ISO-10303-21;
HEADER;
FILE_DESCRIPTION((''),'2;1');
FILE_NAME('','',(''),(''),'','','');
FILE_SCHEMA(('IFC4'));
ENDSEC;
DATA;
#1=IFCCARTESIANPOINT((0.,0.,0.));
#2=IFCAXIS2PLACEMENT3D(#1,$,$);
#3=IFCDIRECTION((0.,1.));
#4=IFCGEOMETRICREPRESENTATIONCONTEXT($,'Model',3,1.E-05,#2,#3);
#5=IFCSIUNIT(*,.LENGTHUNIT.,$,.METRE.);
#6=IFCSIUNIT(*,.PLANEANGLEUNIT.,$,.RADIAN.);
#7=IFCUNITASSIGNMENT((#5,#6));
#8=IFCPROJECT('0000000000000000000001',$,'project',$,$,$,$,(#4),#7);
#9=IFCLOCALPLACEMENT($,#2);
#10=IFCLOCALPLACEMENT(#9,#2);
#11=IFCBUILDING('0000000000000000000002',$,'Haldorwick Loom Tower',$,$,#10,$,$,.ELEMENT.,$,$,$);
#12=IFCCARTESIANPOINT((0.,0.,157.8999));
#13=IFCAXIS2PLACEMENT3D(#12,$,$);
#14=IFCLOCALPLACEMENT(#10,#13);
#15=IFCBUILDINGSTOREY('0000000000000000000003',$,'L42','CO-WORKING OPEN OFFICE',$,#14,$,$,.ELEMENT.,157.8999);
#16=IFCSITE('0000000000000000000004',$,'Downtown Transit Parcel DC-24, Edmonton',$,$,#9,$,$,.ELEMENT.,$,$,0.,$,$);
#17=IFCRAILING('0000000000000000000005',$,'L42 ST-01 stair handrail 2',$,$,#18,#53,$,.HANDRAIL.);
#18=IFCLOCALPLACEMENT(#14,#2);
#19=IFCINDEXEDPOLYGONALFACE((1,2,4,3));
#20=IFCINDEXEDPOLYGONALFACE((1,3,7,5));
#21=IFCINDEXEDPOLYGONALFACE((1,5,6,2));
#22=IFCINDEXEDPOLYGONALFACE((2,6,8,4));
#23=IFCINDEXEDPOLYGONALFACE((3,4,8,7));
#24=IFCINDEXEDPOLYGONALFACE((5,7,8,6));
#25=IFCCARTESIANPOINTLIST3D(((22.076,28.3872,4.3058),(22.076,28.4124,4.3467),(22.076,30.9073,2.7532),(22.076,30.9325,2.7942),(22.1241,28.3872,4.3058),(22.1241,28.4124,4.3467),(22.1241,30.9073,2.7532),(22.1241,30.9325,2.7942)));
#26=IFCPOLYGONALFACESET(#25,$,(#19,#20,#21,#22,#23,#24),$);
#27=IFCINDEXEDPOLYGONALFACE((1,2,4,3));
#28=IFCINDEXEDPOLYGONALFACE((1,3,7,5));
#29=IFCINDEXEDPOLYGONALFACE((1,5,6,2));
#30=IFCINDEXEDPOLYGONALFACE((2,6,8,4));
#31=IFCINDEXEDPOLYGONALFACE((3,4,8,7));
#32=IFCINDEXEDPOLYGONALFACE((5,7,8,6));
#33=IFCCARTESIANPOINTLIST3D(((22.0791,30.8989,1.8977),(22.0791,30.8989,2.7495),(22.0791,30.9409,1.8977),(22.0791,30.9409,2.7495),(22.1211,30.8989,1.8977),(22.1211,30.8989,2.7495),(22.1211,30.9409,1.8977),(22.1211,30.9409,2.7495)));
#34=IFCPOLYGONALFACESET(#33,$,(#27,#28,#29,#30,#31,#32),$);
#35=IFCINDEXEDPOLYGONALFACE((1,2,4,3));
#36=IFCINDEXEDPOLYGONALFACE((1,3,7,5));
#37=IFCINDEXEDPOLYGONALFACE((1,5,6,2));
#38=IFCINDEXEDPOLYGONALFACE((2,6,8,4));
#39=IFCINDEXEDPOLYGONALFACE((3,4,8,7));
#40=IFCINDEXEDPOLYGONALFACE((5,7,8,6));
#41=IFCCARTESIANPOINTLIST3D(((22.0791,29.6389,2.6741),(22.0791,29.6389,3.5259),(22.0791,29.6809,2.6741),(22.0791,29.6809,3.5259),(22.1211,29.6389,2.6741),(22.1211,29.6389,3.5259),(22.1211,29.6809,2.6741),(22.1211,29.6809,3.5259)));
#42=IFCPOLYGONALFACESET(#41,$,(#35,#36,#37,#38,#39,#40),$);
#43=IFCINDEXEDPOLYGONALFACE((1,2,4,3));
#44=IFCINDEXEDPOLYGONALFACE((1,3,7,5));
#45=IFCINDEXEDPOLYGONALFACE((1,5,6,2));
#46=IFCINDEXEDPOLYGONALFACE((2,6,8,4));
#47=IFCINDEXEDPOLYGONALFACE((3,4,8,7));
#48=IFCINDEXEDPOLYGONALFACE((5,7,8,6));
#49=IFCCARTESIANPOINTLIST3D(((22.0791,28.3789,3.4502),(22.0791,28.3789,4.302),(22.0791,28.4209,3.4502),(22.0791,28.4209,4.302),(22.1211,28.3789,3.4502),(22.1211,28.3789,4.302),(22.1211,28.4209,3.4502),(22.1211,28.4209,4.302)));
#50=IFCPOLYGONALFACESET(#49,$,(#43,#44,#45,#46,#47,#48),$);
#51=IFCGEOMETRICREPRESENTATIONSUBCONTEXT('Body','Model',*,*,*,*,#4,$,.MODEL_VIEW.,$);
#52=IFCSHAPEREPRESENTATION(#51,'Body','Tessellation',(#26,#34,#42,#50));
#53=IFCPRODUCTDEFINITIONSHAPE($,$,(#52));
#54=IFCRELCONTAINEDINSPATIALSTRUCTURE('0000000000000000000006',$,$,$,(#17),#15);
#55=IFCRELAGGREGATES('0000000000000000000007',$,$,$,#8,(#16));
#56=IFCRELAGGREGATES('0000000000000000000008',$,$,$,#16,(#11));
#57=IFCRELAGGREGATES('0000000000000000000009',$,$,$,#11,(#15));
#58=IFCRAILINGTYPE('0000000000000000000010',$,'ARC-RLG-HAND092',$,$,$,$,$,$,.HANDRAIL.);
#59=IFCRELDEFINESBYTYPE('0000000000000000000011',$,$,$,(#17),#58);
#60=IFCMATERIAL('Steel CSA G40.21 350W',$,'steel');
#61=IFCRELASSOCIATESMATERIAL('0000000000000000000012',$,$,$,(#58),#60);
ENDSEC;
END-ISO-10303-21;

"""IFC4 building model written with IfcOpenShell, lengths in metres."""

from ifc_helpers import new_model, si_unit, direction, frame, origin, origin_2d, place, context, subcontext, project, spatial, rectangle, extrude, material, type_object, element, save


model = new_model("IFC4")

# Units and contexts
model_context = context("Model", 3, precision=1e-05, world=origin(), true_north=direction((0.0, 1.0)))
body_context = subcontext(model_context, "Body", "Model", "MODEL_VIEW")
ifc_project = project(units=[si_unit("LENGTHUNIT", "METRE"), si_unit("PLANEANGLEUNIT", "RADIAN")], contexts=[model_context])

# Site, building, storey
site_placement = place(None, origin())
site = spatial("IfcSite", under=ifc_project, at=site_placement, Name="Downtown Transit Parcel DC-24, Edmonton", CompositionType="ELEMENT", RefElevation=0.0)
building_placement = place(site_placement, origin())
building = spatial("IfcBuilding", under=site, at=building_placement, Name="Haldorwick Loom Tower", CompositionType="ELEMENT")
storey_placement = place(building_placement, frame((0.0, 0.0, 157.8999)))
storey = spatial("IfcBuildingStorey", under=building, at=storey_placement, Name="L42", Description="CO-WORKING OPEN OFFICE", CompositionType="ELEMENT", Elevation=157.8999)

# Shared definitions
ifc_material_1 = material(Name="Steel CSA G40.21 350W", Category="steel")

# Railing
railing_type_1 = type_object("IfcRailingType", Name="ARC-RLG-HAND092", PredefinedType="HANDRAIL", material=ifc_material_1)
railing_1_placement = place(storey_placement, frame((22.1001, 30.9199, 1.8977)))
element("IfcRailing", 1, at=railing_1_placement, inside=storey, type_object=railing_type_1, Name="L42 ST-01 stair handrail 2", PredefinedType="HANDRAIL", context=body_context, shape_type="SweptSolid", body=[
    extrude(rectangle(XDim=0.0481, YDim=0.0481, at=origin_2d()), frame((0.0, 0.0, 0.876), z_axis=(0.0, -0.8514, 0.524516), x_axis=(1.0, 0.0, 0.0)), (0.0, 0.0, 1.0), 2.96),
    extrude(rectangle(XDim=0.042, YDim=0.042, at=origin_2d()), origin(), (0.0, 0.0, 1.0), 0.8518),
    extrude(rectangle(XDim=0.042, YDim=0.042, at=origin_2d()), frame((0.0, -1.26, 0.7764)), (0.0, 0.0, 1.0), 0.8518),
    extrude(rectangle(XDim=0.042, YDim=0.042, at=origin_2d()), frame((0.0, -2.52, 1.5525)), (0.0, 0.0, 1.0), 0.8518),
])

save(model, "model.ifc")
